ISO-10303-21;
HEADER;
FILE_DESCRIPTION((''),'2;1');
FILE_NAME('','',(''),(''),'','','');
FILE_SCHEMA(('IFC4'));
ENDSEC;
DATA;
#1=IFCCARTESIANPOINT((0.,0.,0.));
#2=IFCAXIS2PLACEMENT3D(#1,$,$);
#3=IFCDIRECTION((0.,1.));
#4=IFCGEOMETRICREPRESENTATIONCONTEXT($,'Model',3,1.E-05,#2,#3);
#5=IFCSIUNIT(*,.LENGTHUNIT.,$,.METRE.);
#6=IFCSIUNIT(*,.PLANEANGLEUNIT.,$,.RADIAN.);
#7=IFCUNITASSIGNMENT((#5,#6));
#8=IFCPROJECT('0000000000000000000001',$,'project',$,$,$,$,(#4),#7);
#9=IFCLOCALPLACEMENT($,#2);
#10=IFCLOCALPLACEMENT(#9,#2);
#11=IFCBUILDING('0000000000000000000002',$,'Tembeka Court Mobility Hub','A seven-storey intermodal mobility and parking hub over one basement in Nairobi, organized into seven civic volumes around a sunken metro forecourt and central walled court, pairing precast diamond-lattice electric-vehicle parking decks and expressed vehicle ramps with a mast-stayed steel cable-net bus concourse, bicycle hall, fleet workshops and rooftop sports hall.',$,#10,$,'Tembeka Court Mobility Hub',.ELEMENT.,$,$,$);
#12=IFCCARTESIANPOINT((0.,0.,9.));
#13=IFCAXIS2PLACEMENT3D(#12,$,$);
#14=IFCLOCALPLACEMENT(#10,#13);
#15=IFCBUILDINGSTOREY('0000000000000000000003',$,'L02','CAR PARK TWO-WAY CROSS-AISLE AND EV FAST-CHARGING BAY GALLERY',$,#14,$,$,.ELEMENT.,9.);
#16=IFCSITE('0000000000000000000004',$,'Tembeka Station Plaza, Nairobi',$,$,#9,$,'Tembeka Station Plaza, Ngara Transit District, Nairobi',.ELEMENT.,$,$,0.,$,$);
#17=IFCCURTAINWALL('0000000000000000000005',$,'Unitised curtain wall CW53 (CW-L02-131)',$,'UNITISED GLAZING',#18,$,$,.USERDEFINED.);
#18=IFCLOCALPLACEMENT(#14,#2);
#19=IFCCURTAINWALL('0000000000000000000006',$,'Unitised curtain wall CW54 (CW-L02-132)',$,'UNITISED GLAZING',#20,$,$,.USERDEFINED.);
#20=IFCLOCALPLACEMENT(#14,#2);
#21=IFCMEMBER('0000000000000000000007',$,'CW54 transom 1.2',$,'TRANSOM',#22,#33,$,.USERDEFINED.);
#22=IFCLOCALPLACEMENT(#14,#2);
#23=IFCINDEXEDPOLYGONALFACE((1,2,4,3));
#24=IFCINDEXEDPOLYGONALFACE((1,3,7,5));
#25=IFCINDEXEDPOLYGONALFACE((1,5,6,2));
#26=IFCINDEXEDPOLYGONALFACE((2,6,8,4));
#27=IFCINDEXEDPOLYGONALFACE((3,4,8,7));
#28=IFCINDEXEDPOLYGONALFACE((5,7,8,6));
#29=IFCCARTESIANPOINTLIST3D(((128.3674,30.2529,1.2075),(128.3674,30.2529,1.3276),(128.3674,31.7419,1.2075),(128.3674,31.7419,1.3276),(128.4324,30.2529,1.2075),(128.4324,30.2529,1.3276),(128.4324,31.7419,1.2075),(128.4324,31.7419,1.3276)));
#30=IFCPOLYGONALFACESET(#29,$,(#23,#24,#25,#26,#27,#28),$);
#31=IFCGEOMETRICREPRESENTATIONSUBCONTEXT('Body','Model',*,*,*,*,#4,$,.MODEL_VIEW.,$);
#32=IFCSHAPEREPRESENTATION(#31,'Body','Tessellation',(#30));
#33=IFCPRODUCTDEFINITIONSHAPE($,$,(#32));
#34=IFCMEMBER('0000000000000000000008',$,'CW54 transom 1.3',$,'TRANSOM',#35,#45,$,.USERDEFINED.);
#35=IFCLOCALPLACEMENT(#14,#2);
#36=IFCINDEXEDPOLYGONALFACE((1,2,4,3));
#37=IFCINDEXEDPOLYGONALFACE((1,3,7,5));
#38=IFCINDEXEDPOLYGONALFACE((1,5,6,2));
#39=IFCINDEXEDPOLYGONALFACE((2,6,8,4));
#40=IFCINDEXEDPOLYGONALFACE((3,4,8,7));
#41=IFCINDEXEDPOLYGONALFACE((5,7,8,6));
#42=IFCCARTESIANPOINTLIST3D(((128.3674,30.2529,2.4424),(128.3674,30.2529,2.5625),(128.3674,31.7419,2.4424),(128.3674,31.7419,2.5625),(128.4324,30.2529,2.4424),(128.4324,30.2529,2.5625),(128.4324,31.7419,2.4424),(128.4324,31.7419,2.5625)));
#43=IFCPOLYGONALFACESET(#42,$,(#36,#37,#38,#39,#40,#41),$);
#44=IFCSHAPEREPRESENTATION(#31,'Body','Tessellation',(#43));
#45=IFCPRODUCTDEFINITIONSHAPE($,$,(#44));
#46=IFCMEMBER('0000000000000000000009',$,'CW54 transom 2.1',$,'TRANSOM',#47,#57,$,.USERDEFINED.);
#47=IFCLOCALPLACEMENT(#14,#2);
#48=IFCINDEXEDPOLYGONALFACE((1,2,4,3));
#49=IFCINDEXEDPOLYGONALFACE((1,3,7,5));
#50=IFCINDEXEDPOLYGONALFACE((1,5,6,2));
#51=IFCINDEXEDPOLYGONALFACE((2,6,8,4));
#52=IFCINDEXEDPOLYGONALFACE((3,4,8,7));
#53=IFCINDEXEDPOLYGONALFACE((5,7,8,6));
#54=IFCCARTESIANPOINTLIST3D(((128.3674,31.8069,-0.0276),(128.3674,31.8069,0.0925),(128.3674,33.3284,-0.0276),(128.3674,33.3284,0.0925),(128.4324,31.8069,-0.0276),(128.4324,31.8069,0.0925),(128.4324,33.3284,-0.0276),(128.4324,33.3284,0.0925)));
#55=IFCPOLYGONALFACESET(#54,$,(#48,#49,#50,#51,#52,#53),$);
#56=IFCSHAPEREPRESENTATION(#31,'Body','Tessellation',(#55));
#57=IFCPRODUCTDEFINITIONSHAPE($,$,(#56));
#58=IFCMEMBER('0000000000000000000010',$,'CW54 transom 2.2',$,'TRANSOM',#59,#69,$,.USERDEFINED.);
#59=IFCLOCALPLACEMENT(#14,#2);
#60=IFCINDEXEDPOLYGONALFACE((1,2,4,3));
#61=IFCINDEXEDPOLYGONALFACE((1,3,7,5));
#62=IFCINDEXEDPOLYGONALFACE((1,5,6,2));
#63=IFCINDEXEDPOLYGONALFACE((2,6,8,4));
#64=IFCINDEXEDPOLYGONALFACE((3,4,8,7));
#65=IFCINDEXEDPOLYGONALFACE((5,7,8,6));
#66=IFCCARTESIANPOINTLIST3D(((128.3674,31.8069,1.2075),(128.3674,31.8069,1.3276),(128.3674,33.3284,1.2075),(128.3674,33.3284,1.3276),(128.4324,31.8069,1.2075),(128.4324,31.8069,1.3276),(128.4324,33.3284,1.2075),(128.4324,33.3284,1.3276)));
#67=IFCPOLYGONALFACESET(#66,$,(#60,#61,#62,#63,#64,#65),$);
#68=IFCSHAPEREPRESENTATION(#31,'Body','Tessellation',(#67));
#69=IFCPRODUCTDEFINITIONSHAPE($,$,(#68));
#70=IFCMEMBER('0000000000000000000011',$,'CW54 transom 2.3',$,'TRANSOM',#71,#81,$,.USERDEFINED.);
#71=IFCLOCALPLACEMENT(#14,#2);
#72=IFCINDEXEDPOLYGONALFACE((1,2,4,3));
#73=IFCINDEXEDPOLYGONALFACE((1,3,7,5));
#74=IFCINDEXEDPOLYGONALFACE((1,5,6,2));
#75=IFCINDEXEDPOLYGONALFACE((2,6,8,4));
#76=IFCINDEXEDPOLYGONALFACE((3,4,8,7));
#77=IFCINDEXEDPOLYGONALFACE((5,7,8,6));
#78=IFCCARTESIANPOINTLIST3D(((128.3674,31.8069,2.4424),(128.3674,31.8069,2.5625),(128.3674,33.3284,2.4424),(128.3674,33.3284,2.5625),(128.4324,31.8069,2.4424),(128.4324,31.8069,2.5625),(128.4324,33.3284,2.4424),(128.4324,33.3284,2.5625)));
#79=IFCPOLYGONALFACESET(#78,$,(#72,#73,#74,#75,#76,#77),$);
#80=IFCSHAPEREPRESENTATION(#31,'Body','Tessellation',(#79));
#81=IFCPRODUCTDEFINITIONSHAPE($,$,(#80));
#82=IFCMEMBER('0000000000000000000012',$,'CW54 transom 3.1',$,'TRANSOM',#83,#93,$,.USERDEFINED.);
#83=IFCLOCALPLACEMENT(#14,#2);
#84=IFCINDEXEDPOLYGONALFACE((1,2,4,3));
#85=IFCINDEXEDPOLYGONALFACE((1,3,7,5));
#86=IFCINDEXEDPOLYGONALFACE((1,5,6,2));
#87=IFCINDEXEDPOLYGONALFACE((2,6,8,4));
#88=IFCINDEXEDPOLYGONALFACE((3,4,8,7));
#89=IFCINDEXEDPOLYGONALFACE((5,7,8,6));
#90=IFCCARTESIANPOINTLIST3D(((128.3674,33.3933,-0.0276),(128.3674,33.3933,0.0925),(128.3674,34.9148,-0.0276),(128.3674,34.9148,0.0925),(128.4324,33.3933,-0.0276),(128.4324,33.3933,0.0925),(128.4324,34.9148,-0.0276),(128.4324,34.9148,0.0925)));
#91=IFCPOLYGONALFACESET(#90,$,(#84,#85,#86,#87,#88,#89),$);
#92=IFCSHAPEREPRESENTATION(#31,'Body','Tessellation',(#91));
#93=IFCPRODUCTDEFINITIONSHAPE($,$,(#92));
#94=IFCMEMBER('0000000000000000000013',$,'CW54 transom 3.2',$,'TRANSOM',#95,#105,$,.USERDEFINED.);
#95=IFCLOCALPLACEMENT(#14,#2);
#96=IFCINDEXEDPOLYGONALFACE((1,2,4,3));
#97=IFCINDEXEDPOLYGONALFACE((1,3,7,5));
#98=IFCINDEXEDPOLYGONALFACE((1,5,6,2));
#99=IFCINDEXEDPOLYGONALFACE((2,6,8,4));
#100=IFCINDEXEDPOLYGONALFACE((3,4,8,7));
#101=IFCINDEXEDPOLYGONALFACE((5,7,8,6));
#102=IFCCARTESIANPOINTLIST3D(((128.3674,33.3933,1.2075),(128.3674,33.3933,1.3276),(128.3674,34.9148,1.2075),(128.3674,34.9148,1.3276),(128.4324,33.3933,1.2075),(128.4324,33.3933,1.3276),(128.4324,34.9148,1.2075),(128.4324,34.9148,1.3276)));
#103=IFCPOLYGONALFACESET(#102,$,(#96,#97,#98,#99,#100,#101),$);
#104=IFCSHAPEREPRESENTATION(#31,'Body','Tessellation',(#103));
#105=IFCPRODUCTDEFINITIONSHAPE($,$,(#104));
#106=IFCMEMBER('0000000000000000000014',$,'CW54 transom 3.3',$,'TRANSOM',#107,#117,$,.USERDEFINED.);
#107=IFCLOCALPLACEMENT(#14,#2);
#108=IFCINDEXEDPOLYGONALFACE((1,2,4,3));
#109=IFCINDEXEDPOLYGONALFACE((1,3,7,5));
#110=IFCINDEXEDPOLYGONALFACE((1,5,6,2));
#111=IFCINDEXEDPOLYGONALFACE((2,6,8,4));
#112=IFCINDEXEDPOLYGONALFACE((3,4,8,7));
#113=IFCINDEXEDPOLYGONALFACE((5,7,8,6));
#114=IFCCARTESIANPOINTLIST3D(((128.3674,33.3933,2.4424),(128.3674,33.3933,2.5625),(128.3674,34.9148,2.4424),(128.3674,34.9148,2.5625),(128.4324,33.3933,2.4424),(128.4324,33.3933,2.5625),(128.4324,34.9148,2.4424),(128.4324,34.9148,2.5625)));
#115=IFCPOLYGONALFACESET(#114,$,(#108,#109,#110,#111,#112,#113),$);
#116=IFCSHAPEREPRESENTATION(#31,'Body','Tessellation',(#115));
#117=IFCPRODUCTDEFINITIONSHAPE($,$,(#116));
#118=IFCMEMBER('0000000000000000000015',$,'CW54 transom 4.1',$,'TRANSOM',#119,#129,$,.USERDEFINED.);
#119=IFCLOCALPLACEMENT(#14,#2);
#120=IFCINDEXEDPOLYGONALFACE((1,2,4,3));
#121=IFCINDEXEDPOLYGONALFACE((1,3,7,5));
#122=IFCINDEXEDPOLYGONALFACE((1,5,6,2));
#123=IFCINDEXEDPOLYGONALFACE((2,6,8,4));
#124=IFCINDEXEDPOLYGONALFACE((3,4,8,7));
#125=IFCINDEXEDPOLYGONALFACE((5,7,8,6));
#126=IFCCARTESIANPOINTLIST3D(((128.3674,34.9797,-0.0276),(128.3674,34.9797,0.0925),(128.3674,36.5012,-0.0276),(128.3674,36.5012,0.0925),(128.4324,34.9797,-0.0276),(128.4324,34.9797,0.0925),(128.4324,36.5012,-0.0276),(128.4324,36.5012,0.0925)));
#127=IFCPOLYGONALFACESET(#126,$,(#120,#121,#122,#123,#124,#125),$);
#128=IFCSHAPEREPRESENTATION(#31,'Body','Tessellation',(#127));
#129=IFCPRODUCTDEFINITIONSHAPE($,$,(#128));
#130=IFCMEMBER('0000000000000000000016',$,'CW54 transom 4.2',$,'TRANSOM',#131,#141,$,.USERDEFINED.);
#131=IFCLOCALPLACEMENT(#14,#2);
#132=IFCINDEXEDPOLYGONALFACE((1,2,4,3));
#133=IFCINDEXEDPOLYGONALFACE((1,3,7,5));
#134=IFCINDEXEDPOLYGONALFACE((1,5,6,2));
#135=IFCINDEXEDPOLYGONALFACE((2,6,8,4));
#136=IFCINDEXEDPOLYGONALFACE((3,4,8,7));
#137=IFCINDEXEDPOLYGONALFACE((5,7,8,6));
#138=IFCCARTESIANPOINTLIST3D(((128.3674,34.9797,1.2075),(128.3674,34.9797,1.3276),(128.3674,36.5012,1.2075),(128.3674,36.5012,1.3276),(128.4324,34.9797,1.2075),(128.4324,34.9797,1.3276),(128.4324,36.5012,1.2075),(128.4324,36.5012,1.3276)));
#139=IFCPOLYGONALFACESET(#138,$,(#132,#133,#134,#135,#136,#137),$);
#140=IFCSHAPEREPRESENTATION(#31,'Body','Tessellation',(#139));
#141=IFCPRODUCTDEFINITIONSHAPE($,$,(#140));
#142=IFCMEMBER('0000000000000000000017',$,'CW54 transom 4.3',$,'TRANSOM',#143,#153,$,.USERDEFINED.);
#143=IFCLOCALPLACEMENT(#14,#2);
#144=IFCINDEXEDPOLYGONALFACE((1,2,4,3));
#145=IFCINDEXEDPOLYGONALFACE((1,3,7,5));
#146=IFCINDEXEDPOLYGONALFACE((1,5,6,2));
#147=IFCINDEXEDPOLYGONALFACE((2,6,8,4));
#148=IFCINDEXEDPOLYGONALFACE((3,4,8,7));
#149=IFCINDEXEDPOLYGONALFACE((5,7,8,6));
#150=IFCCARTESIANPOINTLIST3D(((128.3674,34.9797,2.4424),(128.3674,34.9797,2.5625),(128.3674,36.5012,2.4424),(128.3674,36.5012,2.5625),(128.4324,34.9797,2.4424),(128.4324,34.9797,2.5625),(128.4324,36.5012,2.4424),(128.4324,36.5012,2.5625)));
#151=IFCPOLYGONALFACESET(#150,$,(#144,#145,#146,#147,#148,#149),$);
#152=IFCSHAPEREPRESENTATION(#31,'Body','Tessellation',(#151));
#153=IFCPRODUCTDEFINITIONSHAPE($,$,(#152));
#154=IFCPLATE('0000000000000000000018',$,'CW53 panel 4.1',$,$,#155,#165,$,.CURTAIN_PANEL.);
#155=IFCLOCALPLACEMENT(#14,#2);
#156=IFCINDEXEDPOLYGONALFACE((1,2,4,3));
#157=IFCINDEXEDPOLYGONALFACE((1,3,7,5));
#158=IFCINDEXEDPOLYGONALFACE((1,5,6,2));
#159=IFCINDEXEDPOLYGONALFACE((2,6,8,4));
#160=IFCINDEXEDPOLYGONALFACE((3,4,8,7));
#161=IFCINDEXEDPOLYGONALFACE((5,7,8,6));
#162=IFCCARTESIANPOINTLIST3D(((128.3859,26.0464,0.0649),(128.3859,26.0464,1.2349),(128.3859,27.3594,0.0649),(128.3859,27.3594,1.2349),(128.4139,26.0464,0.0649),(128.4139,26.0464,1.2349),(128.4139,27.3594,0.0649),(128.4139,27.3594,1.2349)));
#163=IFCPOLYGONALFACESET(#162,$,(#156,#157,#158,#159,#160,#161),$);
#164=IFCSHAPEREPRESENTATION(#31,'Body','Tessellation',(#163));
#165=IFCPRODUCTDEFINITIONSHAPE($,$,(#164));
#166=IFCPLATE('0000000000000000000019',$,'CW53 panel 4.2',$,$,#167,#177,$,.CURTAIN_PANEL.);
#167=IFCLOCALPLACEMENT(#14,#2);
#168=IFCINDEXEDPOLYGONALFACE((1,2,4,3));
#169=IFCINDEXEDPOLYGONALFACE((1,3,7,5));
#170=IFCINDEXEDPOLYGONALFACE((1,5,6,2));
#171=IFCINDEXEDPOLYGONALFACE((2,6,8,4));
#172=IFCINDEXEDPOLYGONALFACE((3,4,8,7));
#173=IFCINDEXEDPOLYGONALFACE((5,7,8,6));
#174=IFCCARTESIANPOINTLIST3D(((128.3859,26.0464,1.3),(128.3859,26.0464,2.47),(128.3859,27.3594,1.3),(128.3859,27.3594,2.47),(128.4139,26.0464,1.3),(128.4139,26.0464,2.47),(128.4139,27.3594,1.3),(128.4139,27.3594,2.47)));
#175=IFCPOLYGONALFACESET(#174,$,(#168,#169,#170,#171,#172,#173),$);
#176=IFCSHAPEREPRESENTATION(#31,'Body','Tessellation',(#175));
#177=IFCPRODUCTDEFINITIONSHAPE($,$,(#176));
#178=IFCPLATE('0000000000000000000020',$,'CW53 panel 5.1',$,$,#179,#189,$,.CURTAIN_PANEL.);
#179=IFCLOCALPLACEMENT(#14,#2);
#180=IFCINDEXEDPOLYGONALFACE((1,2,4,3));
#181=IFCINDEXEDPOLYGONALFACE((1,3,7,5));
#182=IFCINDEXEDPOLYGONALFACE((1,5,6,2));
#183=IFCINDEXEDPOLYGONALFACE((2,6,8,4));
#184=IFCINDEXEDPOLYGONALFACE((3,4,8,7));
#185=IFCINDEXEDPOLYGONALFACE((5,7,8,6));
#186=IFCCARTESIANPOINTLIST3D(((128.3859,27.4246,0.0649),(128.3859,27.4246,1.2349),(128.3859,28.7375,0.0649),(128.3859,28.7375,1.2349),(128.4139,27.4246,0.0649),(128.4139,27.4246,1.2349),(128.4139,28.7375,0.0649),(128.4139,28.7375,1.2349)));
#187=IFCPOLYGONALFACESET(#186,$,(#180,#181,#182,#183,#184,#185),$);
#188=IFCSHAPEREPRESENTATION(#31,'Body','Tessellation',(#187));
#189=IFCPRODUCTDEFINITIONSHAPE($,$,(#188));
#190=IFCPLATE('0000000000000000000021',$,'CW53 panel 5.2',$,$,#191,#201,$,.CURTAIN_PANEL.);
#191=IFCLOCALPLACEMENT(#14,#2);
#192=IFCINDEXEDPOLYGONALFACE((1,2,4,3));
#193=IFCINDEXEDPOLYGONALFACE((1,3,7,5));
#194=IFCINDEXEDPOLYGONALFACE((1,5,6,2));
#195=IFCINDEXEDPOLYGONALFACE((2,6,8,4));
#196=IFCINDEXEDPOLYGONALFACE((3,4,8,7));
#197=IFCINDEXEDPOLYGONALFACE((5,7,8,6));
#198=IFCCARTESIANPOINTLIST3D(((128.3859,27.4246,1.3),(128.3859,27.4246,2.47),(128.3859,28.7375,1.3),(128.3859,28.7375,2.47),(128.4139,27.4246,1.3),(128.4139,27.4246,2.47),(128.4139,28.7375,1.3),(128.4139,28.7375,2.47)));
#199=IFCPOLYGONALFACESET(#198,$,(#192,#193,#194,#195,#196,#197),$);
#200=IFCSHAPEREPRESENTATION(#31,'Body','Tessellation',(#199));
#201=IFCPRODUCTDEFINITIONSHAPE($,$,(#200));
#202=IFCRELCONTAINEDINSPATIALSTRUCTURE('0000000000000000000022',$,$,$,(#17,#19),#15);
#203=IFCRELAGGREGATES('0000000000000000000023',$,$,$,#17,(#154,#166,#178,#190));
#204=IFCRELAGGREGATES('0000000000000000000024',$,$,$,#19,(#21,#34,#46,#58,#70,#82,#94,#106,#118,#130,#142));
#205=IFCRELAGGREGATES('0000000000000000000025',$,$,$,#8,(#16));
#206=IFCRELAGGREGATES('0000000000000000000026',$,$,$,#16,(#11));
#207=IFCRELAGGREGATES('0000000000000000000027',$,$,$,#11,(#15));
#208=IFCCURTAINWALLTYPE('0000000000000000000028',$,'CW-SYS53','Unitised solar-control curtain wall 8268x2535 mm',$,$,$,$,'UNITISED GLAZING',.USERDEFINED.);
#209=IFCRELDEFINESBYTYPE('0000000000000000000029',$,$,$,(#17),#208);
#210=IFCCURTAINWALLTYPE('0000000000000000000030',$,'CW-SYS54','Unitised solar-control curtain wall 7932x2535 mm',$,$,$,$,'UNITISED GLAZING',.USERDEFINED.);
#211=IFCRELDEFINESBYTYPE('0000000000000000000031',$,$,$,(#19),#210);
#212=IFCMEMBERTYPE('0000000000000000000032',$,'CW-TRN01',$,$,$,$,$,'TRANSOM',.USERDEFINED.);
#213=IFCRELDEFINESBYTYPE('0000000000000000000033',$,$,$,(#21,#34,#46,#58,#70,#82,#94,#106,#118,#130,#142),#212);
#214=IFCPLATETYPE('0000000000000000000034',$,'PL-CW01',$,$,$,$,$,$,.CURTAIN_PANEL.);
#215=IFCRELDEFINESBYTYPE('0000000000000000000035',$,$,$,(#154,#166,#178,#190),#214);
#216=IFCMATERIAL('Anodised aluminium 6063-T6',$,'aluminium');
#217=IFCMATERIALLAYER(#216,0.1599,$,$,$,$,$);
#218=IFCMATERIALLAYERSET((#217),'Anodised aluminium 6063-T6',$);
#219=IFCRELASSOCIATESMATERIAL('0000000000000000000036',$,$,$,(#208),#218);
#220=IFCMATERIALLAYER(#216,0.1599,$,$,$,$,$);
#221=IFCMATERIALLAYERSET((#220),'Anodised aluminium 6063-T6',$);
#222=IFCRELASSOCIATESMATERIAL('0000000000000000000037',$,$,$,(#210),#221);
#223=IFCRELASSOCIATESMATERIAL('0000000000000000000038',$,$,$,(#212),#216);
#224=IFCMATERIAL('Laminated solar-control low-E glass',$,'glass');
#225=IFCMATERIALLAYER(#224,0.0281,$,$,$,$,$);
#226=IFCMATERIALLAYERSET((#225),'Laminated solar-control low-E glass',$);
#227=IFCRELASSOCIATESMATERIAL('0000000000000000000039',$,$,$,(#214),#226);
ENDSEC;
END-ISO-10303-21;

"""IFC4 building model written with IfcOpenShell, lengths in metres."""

from ifc_helpers import new_model, si_unit, direction, frame, origin, origin_2d, place, context, subcontext, project, spatial, rectangle, extrude, material, layer, layer_set, material_profile, profile_set, type_object, element, aggregate, save


model = new_model("IFC4")

# Units and contexts
model_context = context("Model", 3, precision=1e-05, world=origin(), true_north=direction((0.0, 1.0)))
body_context = subcontext(model_context, "Body", "Model", "MODEL_VIEW")
ifc_project = project(units=[si_unit("LENGTHUNIT", "METRE"), si_unit("PLANEANGLEUNIT", "RADIAN")], contexts=[model_context])

# Site, building, storey
site_placement = place(None, origin())
site = spatial("IfcSite", under=ifc_project, at=site_placement, Name="Tembeka Station Plaza, Nairobi", LongName="Tembeka Station Plaza, Ngara Transit District, Nairobi", CompositionType="ELEMENT", RefElevation=0.0)
building_placement = place(site_placement, origin())
building = spatial("IfcBuilding", under=site, at=building_placement, Name="Tembeka Court Mobility Hub", Description="A seven-storey intermodal mobility and parking hub over one basement in Nairobi, organized into seven civic volumes around a sunken metro forecourt and central walled court, pairing precast diamond-lattice electric-vehicle parking decks and expressed vehicle ramps with a mast-stayed steel cable-net bus concourse, bicycle hall, fleet workshops and rooftop sports hall.", LongName="Tembeka Court Mobility Hub", CompositionType="ELEMENT")
storey_placement = place(building_placement, frame((0.0, 0.0, 9.0)))
storey = spatial("IfcBuildingStorey", under=building, at=storey_placement, Name="L02", Description="CAR PARK TWO-WAY CROSS-AISLE AND EV FAST-CHARGING BAY GALLERY", CompositionType="ELEMENT", Elevation=9.0)

# Curtain walls
ifc_material_1 = material(Name="Anodised aluminium 6063-T6", Category="aluminium")
ifc_layer_1 = layer(ifc_material_1, 0.1599)
ifc_layer_set_1 = layer_set([ifc_layer_1], Name="Anodised aluminium 6063-T6")
curtain_wall_type_1 = type_object("IfcCurtainWallType", Name="CW-SYS53", Description="Unitised solar-control curtain wall 8268x2535 mm", ElementType="UNITISED GLAZING", PredefinedType="USERDEFINED", material=ifc_layer_set_1)
curtain_wall_1_placement = place(storey_placement, origin())
curtain_wall_1 = element("IfcCurtainWall", 1, at=curtain_wall_1_placement, inside=storey, type_object=curtain_wall_type_1, Name="Unitised curtain wall CW53 (CW-L02-131)", ObjectType="UNITISED GLAZING", PredefinedType="USERDEFINED")
ifc_layer_2 = layer(ifc_material_1, 0.1599)
ifc_layer_set_2 = layer_set([ifc_layer_2], Name="Anodised aluminium 6063-T6")
curtain_wall_type_2 = type_object("IfcCurtainWallType", Name="CW-SYS54", Description="Unitised solar-control curtain wall 7932x2535 mm", ElementType="UNITISED GLAZING", PredefinedType="USERDEFINED", material=ifc_layer_set_2)
curtain_wall_2_placement = place(storey_placement, origin())
curtain_wall_2 = element("IfcCurtainWall", 2, at=curtain_wall_2_placement, inside=storey, type_object=curtain_wall_type_2, Name="Unitised curtain wall CW54 (CW-L02-132)", ObjectType="UNITISED GLAZING", PredefinedType="USERDEFINED")

# Members
ifc_material_profile_1 = material_profile(ifc_material_1, rectangle(XDim=0.0649, YDim=0.1201, at=origin_2d()), Name="ALU-TRN 65x120")
ifc_profile_set_1 = profile_set([ifc_material_profile_1], Name="Anodised aluminium 6063-T6")
member_type_1 = type_object("IfcMemberType", Name="CW-TRN01", ElementType="TRANSOM", PredefinedType="USERDEFINED", material=ifc_profile_set_1)
member_1_placement = place(storey_placement, frame((128.3999, 30.2529, 1.2676), z_axis=(0.0, 1.0, 0.0), x_axis=(-1.0, 0.0, 0.0)))
member_1 = element("IfcMember", 3, at=member_1_placement, type_object=member_type_1, Name="CW54 transom 1.2", ObjectType="TRANSOM", PredefinedType="USERDEFINED", context=body_context, shape_type="SweptSolid", body=[
    extrude(rectangle(XDim=0.0649, YDim=0.1201, at=origin_2d()), origin(), (0.0, 0.0, 1.0), 1.489),
])
member_2_placement = place(storey_placement, frame((128.3999, 30.2529, 2.5024), z_axis=(0.0, 1.0, 0.0), x_axis=(-1.0, 0.0, 0.0)))
member_2 = element("IfcMember", 4, at=member_2_placement, type_object=member_type_1, Name="CW54 transom 1.3", ObjectType="TRANSOM", PredefinedType="USERDEFINED", context=body_context, shape_type="SweptSolid", body=[
    extrude(rectangle(XDim=0.0649, YDim=0.1201, at=origin_2d()), origin(), (0.0, 0.0, 1.0), 1.489),
])
member_3_placement = place(storey_placement, frame((128.3999, 31.8069, 0.0325), z_axis=(0.0, 1.0, 0.0), x_axis=(-1.0, 0.0, 0.0)))
member_3 = element("IfcMember", 5, at=member_3_placement, type_object=member_type_1, Name="CW54 transom 2.1", ObjectType="TRANSOM", PredefinedType="USERDEFINED", context=body_context, shape_type="SweptSolid", body=[
    extrude(rectangle(XDim=0.0649, YDim=0.1201, at=origin_2d()), origin(), (0.0, 0.0, 1.0), 1.5215),
])
member_4_placement = place(storey_placement, frame((128.3999, 31.8069, 1.2676), z_axis=(0.0, 1.0, 0.0), x_axis=(-1.0, 0.0, 0.0)))
member_4 = element("IfcMember", 6, at=member_4_placement, type_object=member_type_1, Name="CW54 transom 2.2", ObjectType="TRANSOM", PredefinedType="USERDEFINED", context=body_context, shape_type="SweptSolid", body=[
    extrude(rectangle(XDim=0.0649, YDim=0.1201, at=origin_2d()), origin(), (0.0, 0.0, 1.0), 1.5215),
])
member_5_placement = place(storey_placement, frame((128.3999, 31.8069, 2.5024), z_axis=(0.0, 1.0, 0.0), x_axis=(-1.0, 0.0, 0.0)))
member_5 = element("IfcMember", 7, at=member_5_placement, type_object=member_type_1, Name="CW54 transom 2.3", ObjectType="TRANSOM", PredefinedType="USERDEFINED", context=body_context, shape_type="SweptSolid", body=[
    extrude(rectangle(XDim=0.0649, YDim=0.1201, at=origin_2d()), origin(), (0.0, 0.0, 1.0), 1.5215),
])
member_6_placement = place(storey_placement, frame((128.3999, 33.3933, 0.0325), z_axis=(0.0, 1.0, 0.0), x_axis=(-1.0, 0.0, 0.0)))
member_6 = element("IfcMember", 8, at=member_6_placement, type_object=member_type_1, Name="CW54 transom 3.1", ObjectType="TRANSOM", PredefinedType="USERDEFINED", context=body_context, shape_type="SweptSolid", body=[
    extrude(rectangle(XDim=0.0649, YDim=0.1201, at=origin_2d()), origin(), (0.0, 0.0, 1.0), 1.5215),
])
member_7_placement = place(storey_placement, frame((128.3999, 33.3933, 1.2676), z_axis=(0.0, 1.0, 0.0), x_axis=(-1.0, 0.0, 0.0)))
member_7 = element("IfcMember", 9, at=member_7_placement, type_object=member_type_1, Name="CW54 transom 3.2", ObjectType="TRANSOM", PredefinedType="USERDEFINED", context=body_context, shape_type="SweptSolid", body=[
    extrude(rectangle(XDim=0.0649, YDim=0.1201, at=origin_2d()), origin(), (0.0, 0.0, 1.0), 1.5215),
])
member_8_placement = place(storey_placement, frame((128.3999, 33.3933, 2.5024), z_axis=(0.0, 1.0, 0.0), x_axis=(-1.0, 0.0, 0.0)))
member_8 = element("IfcMember", 10, at=member_8_placement, type_object=member_type_1, Name="CW54 transom 3.3", ObjectType="TRANSOM", PredefinedType="USERDEFINED", context=body_context, shape_type="SweptSolid", body=[
    extrude(rectangle(XDim=0.0649, YDim=0.1201, at=origin_2d()), origin(), (0.0, 0.0, 1.0), 1.5215),
])
member_9_placement = place(storey_placement, frame((128.3999, 34.9797, 0.0325), z_axis=(0.0, 1.0, 0.0), x_axis=(-1.0, 0.0, 0.0)))
member_9 = element("IfcMember", 11, at=member_9_placement, type_object=member_type_1, Name="CW54 transom 4.1", ObjectType="TRANSOM", PredefinedType="USERDEFINED", context=body_context, shape_type="SweptSolid", body=[
    extrude(rectangle(XDim=0.0649, YDim=0.1201, at=origin_2d()), origin(), (0.0, 0.0, 1.0), 1.5215),
])
member_10_placement = place(storey_placement, frame((128.3999, 34.9797, 1.2676), z_axis=(0.0, 1.0, 0.0), x_axis=(-1.0, 0.0, 0.0)))
member_10 = element("IfcMember", 12, at=member_10_placement, type_object=member_type_1, Name="CW54 transom 4.2", ObjectType="TRANSOM", PredefinedType="USERDEFINED", context=body_context, shape_type="SweptSolid", body=[
    extrude(rectangle(XDim=0.0649, YDim=0.1201, at=origin_2d()), origin(), (0.0, 0.0, 1.0), 1.5215),
])
member_11_placement = place(storey_placement, frame((128.3999, 34.9797, 2.5024), z_axis=(0.0, 1.0, 0.0), x_axis=(-1.0, 0.0, 0.0)))
member_11 = element("IfcMember", 13, at=member_11_placement, type_object=member_type_1, Name="CW54 transom 4.3", ObjectType="TRANSOM", PredefinedType="USERDEFINED", context=body_context, shape_type="SweptSolid", body=[
    extrude(rectangle(XDim=0.0649, YDim=0.1201, at=origin_2d()), origin(), (0.0, 0.0, 1.0), 1.5215),
])

# Plates
ifc_material_2 = material(Name="Laminated solar-control low-E glass", Category="glass")
ifc_layer_3 = layer(ifc_material_2, 0.0281)
ifc_layer_set_3 = layer_set([ifc_layer_3], Name="Laminated solar-control low-E glass")
plate_type_1 = type_object("IfcPlateType", Name="PL-CW01", PredefinedType="CURTAIN_PANEL", material=ifc_layer_set_3)
plate_1_placement = place(storey_placement, frame((128.3999, 26.7029, 0.0649), z_axis=(0.0, 0.0, 1.0), x_axis=(0.0, 1.0, 0.0)))
plate_1 = element("IfcPlate", 14, at=plate_1_placement, type_object=plate_type_1, Name="CW53 panel 4.1", PredefinedType="CURTAIN_PANEL", context=body_context, shape_type="SweptSolid", body=[
    extrude(rectangle(XDim=1.313, YDim=0.0281, at=origin_2d()), origin(), (0.0, 0.0, 1.0), 1.1699),
])
plate_2_placement = place(storey_placement, frame((128.3999, 26.7029, 1.3), z_axis=(0.0, 0.0, 1.0), x_axis=(0.0, 1.0, 0.0)))
plate_2 = element("IfcPlate", 15, at=plate_2_placement, type_object=plate_type_1, Name="CW53 panel 4.2", PredefinedType="CURTAIN_PANEL", context=body_context, shape_type="SweptSolid", body=[
    extrude(rectangle(XDim=1.313, YDim=0.0281, at=origin_2d()), origin(), (0.0, 0.0, 1.0), 1.1699),
])
plate_3_placement = place(storey_placement, frame((128.3999, 28.0811, 0.0649), z_axis=(0.0, 0.0, 1.0), x_axis=(0.0, 1.0, 0.0)))
plate_3 = element("IfcPlate", 16, at=plate_3_placement, type_object=plate_type_1, Name="CW53 panel 5.1", PredefinedType="CURTAIN_PANEL", context=body_context, shape_type="SweptSolid", body=[
    extrude(rectangle(XDim=1.313, YDim=0.0281, at=origin_2d()), origin(), (0.0, 0.0, 1.0), 1.1699),
])
plate_4_placement = place(storey_placement, frame((128.3999, 28.0811, 1.3), z_axis=(0.0, 0.0, 1.0), x_axis=(0.0, 1.0, 0.0)))
plate_4 = element("IfcPlate", 17, at=plate_4_placement, type_object=plate_type_1, Name="CW53 panel 5.2", PredefinedType="CURTAIN_PANEL", context=body_context, shape_type="SweptSolid", body=[
    extrude(rectangle(XDim=1.313, YDim=0.0281, at=origin_2d()), origin(), (0.0, 0.0, 1.0), 1.1699),
])
aggregate(curtain_wall_1, [plate_1, plate_2, plate_3, plate_4])
aggregate(curtain_wall_2, [member_1, member_2, member_3, member_4, member_5, member_6, member_7, member_8, member_9, member_10, member_11])

save(model, "model.ifc")
